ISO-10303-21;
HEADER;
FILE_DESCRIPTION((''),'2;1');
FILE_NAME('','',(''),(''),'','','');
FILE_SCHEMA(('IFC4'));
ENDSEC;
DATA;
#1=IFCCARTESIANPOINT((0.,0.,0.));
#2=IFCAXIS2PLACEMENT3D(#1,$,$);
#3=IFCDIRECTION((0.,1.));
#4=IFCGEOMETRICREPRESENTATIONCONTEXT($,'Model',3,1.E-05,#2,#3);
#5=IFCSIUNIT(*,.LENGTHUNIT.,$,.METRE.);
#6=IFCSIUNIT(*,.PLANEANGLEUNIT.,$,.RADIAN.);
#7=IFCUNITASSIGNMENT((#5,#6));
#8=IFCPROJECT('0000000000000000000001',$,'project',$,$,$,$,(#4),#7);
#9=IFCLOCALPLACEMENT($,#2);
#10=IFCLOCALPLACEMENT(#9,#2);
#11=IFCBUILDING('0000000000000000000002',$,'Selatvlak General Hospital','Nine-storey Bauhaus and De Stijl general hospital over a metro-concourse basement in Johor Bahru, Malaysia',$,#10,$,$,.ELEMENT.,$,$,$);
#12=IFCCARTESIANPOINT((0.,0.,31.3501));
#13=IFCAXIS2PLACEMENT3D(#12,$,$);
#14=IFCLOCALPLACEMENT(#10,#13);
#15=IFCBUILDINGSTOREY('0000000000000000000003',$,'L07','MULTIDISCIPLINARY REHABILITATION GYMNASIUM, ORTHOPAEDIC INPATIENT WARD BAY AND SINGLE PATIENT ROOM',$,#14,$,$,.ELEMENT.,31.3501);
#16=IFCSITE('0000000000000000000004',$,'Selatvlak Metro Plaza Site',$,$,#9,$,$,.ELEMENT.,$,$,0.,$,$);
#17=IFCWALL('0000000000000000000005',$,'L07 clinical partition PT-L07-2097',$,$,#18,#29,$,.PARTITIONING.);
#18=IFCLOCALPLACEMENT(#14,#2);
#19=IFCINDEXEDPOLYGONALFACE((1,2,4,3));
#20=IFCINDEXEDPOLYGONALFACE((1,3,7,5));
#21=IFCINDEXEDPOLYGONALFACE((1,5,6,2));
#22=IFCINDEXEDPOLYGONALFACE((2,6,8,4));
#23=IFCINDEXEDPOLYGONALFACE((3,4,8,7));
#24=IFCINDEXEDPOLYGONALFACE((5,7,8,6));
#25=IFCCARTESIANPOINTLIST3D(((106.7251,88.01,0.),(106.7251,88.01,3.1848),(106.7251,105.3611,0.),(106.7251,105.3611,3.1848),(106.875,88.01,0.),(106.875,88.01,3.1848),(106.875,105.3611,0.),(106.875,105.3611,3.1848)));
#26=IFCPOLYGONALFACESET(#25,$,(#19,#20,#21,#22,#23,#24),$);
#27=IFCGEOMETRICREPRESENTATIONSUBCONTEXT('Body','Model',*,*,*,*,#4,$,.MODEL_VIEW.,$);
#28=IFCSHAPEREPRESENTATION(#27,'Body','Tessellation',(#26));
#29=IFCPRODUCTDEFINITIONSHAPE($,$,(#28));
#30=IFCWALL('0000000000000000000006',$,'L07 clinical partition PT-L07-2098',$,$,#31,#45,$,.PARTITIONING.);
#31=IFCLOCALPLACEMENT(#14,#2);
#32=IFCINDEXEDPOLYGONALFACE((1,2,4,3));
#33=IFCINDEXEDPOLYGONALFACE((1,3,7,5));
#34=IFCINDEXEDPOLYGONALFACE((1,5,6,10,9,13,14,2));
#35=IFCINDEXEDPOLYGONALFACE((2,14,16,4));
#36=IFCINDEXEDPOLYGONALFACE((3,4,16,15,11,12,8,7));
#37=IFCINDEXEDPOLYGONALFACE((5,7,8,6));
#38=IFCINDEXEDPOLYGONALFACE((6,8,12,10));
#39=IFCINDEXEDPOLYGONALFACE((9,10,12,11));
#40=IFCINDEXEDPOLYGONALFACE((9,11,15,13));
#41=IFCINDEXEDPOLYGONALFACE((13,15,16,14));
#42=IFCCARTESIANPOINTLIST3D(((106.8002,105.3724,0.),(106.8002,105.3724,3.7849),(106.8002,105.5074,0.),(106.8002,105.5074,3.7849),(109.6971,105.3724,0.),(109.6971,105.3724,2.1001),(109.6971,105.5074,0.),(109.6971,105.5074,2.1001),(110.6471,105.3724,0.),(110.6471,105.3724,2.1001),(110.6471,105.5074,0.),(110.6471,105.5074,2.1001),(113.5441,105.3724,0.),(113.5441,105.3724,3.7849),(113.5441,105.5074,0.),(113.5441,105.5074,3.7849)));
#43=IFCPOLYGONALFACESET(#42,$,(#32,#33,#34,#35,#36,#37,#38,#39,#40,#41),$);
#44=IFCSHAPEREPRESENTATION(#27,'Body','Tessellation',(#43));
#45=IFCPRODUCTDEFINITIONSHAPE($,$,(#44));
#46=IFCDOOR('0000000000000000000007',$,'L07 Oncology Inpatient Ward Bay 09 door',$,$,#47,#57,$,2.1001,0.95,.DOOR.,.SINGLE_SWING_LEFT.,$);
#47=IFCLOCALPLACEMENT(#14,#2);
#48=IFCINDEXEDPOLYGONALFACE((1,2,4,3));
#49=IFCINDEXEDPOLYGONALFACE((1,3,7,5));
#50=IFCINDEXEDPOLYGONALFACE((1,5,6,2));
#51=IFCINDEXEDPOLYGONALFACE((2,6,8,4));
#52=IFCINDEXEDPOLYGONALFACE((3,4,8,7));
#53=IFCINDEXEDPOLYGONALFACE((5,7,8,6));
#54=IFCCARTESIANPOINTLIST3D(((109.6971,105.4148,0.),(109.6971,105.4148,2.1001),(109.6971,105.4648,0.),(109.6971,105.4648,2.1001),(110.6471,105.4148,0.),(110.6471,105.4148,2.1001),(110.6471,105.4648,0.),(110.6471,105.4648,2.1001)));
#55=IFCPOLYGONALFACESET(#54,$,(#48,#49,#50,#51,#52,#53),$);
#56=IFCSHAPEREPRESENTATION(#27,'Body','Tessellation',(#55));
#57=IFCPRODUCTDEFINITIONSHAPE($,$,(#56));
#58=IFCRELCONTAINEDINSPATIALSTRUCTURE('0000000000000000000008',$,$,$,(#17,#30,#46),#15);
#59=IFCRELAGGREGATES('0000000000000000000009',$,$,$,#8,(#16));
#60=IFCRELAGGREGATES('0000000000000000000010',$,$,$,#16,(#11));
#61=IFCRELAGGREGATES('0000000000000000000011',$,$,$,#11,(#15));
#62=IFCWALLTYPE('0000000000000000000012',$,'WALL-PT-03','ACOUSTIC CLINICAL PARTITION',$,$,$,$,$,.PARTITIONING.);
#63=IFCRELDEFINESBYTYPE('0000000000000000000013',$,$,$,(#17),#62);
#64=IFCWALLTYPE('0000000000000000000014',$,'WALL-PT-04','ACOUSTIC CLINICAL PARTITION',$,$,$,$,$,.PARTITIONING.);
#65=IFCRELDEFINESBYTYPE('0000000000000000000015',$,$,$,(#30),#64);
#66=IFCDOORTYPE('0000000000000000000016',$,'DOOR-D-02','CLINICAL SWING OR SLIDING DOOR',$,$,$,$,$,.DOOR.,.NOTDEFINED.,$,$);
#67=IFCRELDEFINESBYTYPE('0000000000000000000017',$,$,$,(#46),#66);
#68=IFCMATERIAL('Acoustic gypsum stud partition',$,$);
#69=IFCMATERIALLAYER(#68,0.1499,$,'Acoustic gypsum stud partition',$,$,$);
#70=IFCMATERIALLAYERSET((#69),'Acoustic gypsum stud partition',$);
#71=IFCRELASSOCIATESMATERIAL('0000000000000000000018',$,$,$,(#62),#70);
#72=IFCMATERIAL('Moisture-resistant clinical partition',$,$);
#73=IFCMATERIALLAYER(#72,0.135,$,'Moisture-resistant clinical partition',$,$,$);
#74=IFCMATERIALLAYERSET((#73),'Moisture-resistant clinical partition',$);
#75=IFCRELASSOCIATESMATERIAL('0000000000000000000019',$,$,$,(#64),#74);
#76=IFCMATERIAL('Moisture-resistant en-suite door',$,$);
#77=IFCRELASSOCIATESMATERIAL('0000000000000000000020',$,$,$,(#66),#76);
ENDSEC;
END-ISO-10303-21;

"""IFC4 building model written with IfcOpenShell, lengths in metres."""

from ifc_helpers import new_model, si_unit, direction, frame, frame_2d, origin, place, context, subcontext, project, spatial, rectangle, extrude, material, layer, layer_set, type_object, element, fill, save


model = new_model("IFC4")

# Units and contexts
model_context = context("Model", 3, precision=1e-05, world=origin(), true_north=direction((0.0, 1.0)))
body_context = subcontext(model_context, "Body", "Model", "MODEL_VIEW")
ifc_project = project(units=[si_unit("LENGTHUNIT", "METRE"), si_unit("PLANEANGLEUNIT", "RADIAN")], contexts=[model_context])

# Site, building, storey
site_placement = place(None, origin())
site = spatial("IfcSite", under=ifc_project, at=site_placement, Name="Selatvlak Metro Plaza Site", CompositionType="ELEMENT", RefElevation=0.0)
building_placement = place(site_placement, origin())
building = spatial("IfcBuilding", under=site, at=building_placement, Name="Selatvlak General Hospital", Description="Nine-storey Bauhaus and De Stijl general hospital over a metro-concourse basement in Johor Bahru, Malaysia", CompositionType="ELEMENT")
storey_placement = place(building_placement, frame((0.0, 0.0, 31.3501)))
storey = spatial("IfcBuildingStorey", under=building, at=storey_placement, Name="L07", Description="MULTIDISCIPLINARY REHABILITATION GYMNASIUM, ORTHOPAEDIC INPATIENT WARD BAY AND SINGLE PATIENT ROOM", CompositionType="ELEMENT", Elevation=31.3501)

# Shared definitions
ifc_material_1 = material(Name="Acoustic gypsum stud partition")

# Wall
ifc_layer_1 = layer(ifc_material_1, 0.1499, Name="Acoustic gypsum stud partition")
ifc_layer_set_1 = layer_set([ifc_layer_1], Name="Acoustic gypsum stud partition")
wall_type_1 = type_object("IfcWallType", Name="WALL-PT-03", Description="ACOUSTIC CLINICAL PARTITION", PredefinedType="PARTITIONING", material=ifc_layer_set_1)
wall_1_placement = place(storey_placement, frame((106.8, 105.3611, 0.0), z_axis=(0.0, 0.0, 1.0), x_axis=(0.0, -1.0, 0.0)))
element("IfcWall", 1, at=wall_1_placement, inside=storey, type_object=wall_type_1, Name="L07 clinical partition PT-L07-2097", PredefinedType="PARTITIONING", context=body_context, shape_type="SweptSolid", body=[
    extrude(rectangle(XDim=17.3511, YDim=0.1499, at=frame_2d((8.6755, 0.0))), origin(), (0.0, 0.0, 1.0), 3.1848),
])

# Wall, opening, door
ifc_material_2 = material(Name="Moisture-resistant clinical partition")
ifc_layer_2 = layer(ifc_material_2, 0.135, Name="Moisture-resistant clinical partition")
ifc_layer_set_2 = layer_set([ifc_layer_2], Name="Moisture-resistant clinical partition")
wall_type_2 = type_object("IfcWallType", Name="WALL-PT-04", Description="ACOUSTIC CLINICAL PARTITION", PredefinedType="PARTITIONING", material=ifc_layer_set_2)
wall_2_placement = place(storey_placement, frame((106.8, 105.4399, 0.0), z_axis=(0.0, 0.0, 1.0), x_axis=(1.0, 0.0, 0.0)))
wall_2 = element("IfcWall", 2, at=wall_2_placement, inside=storey, type_object=wall_type_2, Name="L07 clinical partition PT-L07-2098", PredefinedType="PARTITIONING", context=body_context, shape_type="SweptSolid", body=[
    extrude(rectangle(XDim=6.7439, YDim=0.135, at=frame_2d((3.3721, 0.0))), origin(), (0.0, 0.0, 1.0), 3.7849),
])
opening_1_placement = place(wall_2_placement, frame((2.897, 0.0, 0.0)))
opening_1 = element("IfcOpeningElement", 3, at=opening_1_placement, cuts=wall_2, PredefinedType="OPENING", context=body_context, shape_type="SweptSolid", body=[
    extrude(rectangle(XDim=0.95, YDim=2.1001, at=frame_2d((0.4751, 1.05))), frame((0.0, 0.0774, 0.0), z_axis=(0.0, -1.0, 0.0), x_axis=(1.0, 0.0, 0.0)), (0.0, 0.0, 1.0), 0.155),
])
ifc_material_3 = material(Name="Moisture-resistant en-suite door")
door_type_1 = type_object("IfcDoorType", Name="DOOR-D-02", Description="CLINICAL SWING OR SLIDING DOOR", OperationType="NOTDEFINED", PredefinedType="DOOR", material=ifc_material_3)
door_1_placement = place(opening_1_placement, origin())
door_1 = element("IfcDoor", 4, at=door_1_placement, inside=storey, type_object=door_type_1, Name="L07 Oncology Inpatient Ward Bay 09 door", OperationType="SINGLE_SWING_LEFT", OverallHeight=2.1001, OverallWidth=0.95, PredefinedType="DOOR", context=body_context, shape_type="SweptSolid", body=[
    extrude(rectangle(XDim=0.95, YDim=2.1001, at=frame_2d((0.4751, 1.05))), frame((0.0, 0.0249, 0.0), z_axis=(0.0, -1.0, 0.0), x_axis=(1.0, 0.0, 0.0)), (0.0, 0.0, 1.0), 0.05),
])
fill(opening_1, door_1)

save(model, "model.ifc")
